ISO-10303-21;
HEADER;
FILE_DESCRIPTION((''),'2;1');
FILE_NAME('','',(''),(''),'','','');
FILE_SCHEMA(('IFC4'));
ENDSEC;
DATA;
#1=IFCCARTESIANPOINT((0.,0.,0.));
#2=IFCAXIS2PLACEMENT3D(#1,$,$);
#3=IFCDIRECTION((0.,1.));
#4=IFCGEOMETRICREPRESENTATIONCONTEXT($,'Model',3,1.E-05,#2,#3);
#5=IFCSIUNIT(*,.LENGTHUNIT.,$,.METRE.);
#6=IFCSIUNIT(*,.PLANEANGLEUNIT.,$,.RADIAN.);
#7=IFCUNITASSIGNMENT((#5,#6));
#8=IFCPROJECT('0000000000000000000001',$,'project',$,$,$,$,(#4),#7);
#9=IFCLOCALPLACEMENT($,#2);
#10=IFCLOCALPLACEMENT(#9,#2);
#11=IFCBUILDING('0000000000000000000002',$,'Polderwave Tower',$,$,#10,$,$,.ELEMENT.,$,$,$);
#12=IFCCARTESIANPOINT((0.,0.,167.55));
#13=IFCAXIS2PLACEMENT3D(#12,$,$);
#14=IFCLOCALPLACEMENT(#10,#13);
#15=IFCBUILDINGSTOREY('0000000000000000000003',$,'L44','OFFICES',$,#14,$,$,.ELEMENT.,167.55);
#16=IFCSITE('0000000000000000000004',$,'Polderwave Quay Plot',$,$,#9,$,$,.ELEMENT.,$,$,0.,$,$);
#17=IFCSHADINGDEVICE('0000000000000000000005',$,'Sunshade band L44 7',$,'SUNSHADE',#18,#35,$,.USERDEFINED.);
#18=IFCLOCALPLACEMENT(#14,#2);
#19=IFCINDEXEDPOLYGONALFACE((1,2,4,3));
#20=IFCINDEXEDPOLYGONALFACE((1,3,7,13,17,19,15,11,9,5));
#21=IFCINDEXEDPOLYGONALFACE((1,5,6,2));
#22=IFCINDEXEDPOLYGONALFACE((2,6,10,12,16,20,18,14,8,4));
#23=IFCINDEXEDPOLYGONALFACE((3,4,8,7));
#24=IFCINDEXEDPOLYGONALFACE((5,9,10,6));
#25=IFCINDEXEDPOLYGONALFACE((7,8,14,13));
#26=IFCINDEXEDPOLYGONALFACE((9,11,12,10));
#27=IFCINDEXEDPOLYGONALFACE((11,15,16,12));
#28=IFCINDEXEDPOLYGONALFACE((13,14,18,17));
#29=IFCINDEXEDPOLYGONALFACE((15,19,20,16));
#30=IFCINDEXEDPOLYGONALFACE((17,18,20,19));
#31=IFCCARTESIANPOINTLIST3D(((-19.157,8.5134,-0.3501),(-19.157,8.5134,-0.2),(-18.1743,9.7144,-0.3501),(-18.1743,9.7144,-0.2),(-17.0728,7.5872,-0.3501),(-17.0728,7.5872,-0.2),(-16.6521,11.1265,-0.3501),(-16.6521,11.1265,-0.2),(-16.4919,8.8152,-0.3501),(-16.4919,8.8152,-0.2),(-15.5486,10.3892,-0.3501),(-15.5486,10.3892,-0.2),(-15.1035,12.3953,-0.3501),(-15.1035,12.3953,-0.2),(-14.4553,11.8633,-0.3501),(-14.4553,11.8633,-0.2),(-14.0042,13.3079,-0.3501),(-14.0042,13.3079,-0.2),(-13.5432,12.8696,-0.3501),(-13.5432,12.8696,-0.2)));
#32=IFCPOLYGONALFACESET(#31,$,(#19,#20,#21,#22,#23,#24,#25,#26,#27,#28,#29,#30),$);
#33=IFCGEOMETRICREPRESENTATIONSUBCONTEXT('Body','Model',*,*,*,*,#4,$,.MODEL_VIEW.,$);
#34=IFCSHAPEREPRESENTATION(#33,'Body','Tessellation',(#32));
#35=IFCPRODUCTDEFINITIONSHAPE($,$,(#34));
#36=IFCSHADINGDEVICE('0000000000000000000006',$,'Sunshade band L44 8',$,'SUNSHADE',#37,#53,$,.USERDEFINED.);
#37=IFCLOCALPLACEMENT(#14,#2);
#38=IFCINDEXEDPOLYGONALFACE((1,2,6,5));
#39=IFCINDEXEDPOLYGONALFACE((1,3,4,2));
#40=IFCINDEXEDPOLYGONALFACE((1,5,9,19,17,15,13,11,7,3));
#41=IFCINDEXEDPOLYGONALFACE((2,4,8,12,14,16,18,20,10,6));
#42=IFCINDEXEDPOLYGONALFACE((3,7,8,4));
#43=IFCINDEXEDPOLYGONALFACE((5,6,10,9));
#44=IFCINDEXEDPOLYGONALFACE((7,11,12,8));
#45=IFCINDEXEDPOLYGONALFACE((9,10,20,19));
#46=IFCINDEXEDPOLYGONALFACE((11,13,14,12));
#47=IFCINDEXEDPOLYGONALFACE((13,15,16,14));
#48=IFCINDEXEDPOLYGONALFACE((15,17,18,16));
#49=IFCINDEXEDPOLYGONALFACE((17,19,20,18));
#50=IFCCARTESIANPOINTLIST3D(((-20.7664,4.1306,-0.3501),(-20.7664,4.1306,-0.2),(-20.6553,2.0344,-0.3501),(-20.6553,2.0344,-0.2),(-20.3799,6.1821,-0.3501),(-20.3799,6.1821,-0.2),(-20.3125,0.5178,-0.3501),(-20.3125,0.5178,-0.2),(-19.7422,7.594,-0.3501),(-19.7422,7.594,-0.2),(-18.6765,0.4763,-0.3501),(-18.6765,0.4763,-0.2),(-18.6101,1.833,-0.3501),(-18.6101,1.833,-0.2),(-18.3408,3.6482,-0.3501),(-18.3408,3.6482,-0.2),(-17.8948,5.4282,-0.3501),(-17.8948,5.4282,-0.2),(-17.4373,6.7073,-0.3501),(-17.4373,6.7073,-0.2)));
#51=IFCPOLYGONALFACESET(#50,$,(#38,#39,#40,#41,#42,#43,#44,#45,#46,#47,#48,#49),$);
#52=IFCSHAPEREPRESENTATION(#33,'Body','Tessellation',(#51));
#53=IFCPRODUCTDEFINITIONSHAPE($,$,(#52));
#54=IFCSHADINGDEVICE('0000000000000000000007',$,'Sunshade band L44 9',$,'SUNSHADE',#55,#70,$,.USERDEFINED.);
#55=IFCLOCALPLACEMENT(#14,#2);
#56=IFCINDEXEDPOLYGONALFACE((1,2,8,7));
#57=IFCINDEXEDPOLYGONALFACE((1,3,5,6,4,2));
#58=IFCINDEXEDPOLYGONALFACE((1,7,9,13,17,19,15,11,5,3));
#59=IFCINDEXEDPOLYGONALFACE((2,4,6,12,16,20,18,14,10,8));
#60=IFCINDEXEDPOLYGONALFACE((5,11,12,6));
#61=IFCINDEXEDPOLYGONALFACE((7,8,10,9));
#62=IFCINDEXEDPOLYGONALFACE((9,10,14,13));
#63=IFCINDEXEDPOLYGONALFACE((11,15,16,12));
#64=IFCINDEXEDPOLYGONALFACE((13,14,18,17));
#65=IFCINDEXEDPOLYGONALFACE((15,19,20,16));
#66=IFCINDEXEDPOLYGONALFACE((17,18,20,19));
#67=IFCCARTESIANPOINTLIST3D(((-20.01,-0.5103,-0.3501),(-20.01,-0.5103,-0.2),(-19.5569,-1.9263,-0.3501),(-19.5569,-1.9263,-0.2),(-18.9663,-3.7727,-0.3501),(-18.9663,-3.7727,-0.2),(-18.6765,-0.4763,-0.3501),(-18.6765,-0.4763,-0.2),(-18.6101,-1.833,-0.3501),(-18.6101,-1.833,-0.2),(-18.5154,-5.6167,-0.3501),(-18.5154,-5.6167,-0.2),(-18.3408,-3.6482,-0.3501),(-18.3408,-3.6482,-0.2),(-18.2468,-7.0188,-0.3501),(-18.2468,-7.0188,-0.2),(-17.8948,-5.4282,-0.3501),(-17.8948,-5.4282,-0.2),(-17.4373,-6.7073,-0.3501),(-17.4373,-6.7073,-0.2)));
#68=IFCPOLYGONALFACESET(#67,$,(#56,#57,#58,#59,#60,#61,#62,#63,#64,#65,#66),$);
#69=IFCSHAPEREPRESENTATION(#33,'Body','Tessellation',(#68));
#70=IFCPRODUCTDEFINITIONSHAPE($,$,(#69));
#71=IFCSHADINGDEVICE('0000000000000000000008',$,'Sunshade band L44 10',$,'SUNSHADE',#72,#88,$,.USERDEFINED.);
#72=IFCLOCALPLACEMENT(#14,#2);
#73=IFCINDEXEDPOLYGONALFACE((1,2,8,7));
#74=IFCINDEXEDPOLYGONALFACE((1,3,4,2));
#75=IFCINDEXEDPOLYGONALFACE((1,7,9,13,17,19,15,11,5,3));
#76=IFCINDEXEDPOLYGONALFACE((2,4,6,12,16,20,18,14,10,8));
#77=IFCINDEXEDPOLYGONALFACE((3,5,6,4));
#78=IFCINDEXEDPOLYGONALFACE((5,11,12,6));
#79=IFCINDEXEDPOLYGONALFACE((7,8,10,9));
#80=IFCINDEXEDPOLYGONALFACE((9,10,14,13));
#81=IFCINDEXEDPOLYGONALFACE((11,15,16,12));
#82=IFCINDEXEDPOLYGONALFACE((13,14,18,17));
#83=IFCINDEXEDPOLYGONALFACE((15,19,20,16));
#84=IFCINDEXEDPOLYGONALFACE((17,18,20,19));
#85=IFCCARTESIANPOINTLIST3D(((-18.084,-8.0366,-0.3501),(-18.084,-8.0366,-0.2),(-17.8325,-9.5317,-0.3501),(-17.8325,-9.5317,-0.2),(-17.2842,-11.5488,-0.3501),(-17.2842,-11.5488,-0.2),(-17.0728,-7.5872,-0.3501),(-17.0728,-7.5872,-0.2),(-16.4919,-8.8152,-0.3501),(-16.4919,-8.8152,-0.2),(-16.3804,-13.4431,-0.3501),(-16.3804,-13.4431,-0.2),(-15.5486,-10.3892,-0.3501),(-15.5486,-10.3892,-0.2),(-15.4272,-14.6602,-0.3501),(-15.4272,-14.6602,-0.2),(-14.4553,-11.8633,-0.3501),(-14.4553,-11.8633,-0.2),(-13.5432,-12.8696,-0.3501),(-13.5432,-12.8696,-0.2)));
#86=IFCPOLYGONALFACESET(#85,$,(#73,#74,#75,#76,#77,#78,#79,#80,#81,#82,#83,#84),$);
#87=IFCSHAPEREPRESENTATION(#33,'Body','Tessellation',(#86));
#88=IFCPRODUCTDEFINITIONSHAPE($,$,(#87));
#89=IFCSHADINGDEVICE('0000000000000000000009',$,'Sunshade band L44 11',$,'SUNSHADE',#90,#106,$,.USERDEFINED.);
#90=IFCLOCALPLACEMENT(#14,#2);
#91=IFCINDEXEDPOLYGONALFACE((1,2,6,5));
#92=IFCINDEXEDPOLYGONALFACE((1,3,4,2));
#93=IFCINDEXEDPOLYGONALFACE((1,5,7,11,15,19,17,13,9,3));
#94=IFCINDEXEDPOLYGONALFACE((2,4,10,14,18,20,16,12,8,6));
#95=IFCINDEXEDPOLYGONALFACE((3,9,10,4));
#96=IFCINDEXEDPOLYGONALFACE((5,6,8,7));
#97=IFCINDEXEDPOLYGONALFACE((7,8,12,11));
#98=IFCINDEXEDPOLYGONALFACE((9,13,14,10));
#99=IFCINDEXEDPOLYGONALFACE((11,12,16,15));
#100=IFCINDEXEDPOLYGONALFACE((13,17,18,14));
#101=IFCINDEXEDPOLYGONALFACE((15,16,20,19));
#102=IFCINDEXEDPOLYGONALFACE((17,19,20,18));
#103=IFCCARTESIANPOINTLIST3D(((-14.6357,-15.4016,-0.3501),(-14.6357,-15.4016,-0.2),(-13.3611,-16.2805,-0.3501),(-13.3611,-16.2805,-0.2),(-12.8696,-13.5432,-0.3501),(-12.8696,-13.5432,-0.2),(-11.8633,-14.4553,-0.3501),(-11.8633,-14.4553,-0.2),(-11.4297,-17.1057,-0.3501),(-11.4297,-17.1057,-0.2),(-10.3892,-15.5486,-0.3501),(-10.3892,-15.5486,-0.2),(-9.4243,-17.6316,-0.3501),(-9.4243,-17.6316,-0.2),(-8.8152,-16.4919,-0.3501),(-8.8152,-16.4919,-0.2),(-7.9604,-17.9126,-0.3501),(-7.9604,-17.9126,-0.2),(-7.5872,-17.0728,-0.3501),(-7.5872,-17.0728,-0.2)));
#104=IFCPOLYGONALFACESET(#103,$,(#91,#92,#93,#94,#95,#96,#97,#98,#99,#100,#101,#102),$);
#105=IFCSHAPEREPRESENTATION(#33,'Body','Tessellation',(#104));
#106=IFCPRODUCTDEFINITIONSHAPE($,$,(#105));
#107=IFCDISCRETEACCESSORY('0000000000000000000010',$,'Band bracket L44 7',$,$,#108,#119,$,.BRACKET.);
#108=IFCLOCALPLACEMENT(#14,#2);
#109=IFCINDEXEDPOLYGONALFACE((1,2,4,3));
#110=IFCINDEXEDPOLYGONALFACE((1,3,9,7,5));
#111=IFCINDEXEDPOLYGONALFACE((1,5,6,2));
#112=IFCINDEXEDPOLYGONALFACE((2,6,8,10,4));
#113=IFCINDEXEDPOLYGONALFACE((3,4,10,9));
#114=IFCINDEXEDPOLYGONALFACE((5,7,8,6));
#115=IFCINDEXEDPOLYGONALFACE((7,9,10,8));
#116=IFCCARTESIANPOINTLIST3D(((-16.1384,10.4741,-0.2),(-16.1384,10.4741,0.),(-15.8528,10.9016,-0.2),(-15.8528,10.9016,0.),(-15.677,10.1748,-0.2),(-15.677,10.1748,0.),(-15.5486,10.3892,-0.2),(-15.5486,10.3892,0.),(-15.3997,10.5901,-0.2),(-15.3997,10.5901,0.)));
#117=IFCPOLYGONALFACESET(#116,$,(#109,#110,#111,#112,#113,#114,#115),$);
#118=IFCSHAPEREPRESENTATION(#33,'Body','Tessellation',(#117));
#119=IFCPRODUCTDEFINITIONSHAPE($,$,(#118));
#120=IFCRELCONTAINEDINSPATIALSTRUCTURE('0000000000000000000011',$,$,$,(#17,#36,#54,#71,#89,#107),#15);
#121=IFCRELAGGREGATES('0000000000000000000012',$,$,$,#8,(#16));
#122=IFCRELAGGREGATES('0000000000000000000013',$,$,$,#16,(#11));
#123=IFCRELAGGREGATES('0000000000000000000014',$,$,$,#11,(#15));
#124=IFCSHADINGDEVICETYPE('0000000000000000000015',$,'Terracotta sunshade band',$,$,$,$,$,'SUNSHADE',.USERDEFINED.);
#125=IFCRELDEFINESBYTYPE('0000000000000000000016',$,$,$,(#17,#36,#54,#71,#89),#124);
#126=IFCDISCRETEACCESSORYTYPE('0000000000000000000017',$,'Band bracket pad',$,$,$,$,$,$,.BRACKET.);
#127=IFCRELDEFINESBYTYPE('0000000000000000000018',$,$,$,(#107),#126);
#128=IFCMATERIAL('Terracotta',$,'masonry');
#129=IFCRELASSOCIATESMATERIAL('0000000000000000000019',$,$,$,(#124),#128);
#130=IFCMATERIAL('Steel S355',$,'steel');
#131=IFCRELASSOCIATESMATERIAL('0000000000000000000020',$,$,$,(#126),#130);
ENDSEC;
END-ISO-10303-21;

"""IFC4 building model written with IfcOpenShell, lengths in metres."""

from ifc_helpers import new_model, si_unit, direction, frame, origin, place, context, subcontext, project, spatial, polyline, outline, extrude, material, type_object, element, save


model = new_model("IFC4")

# Units and contexts
model_context = context("Model", 3, precision=1e-05, world=origin(), true_north=direction((0.0, 1.0)))
body_context = subcontext(model_context, "Body", "Model", "MODEL_VIEW")
ifc_project = project(units=[si_unit("LENGTHUNIT", "METRE"), si_unit("PLANEANGLEUNIT", "RADIAN")], contexts=[model_context])

# Site, building, storey
site_placement = place(None, origin())
site = spatial("IfcSite", under=ifc_project, at=site_placement, Name="Polderwave Quay Plot", CompositionType="ELEMENT", RefElevation=0.0)
building_placement = place(site_placement, origin())
building = spatial("IfcBuilding", under=site, at=building_placement, Name="Polderwave Tower", CompositionType="ELEMENT")
storey_placement = place(building_placement, frame((0.0, 0.0, 167.55)))
storey = spatial("IfcBuildingStorey", under=building, at=storey_placement, Name="L44", Description="OFFICES", CompositionType="ELEMENT", Elevation=167.55)

# Shading devices
ifc_material_1 = material(Name="Terracotta", Category="masonry")
shading_device_type = type_object("IfcShadingDeviceType", Name="Terracotta sunshade band", ElementType="SUNSHADE", PredefinedType="USERDEFINED", material=ifc_material_1)
shading_device_1_placement = place(storey_placement, frame((0.0, 0.0, -0.3501)))
element("IfcShadingDevice", 1, at=shading_device_1_placement, inside=storey, type_object=shading_device_type, Name="Sunshade band L44 7", ObjectType="SUNSHADE", PredefinedType="USERDEFINED", context=body_context, shape_type="SweptSolid", body=[
    extrude(outline(polyline([(-13.5432, 12.8696), (-14.4553, 11.8633), (-15.5486, 10.3892), (-16.4919, 8.8152), (-17.0728, 7.5872), (-19.157, 8.5134), (-18.1743, 9.7144), (-16.6521, 11.1265), (-15.1035, 12.3953), (-14.0042, 13.3079), (-13.5432, 12.8696)])), origin(), (0.0, 0.0, 1.0), 0.1501),
])
shading_device_2_placement = place(storey_placement, frame((0.0, 0.0, -0.3501)))
element("IfcShadingDevice", 2, at=shading_device_2_placement, inside=storey, type_object=shading_device_type, Name="Sunshade band L44 8", ObjectType="SUNSHADE", PredefinedType="USERDEFINED", context=body_context, shape_type="SweptSolid", body=[
    extrude(outline(polyline([(-17.4373, 6.7073), (-17.8948, 5.4282), (-18.3408, 3.6482), (-18.6101, 1.833), (-18.6765, 0.4763), (-20.3125, 0.5178), (-20.6553, 2.0344), (-20.7664, 4.1306), (-20.3799, 6.1821), (-19.7422, 7.594), (-17.4373, 6.7073)])), origin(), (0.0, 0.0, 1.0), 0.1501),
])
shading_device_3_placement = place(storey_placement, frame((0.0, 0.0, -0.3501)))
element("IfcShadingDevice", 3, at=shading_device_3_placement, inside=storey, type_object=shading_device_type, Name="Sunshade band L44 9", ObjectType="SUNSHADE", PredefinedType="USERDEFINED", context=body_context, shape_type="SweptSolid", body=[
    extrude(outline(polyline([(-18.6765, -0.4763), (-18.6101, -1.833), (-18.3408, -3.6482), (-17.8948, -5.4282), (-17.4373, -6.7073), (-18.2468, -7.0188), (-18.5154, -5.6167), (-18.9663, -3.7727), (-19.5569, -1.9263), (-20.01, -0.5103), (-18.6765, -0.4763)])), origin(), (0.0, 0.0, 1.0), 0.1501),
])
shading_device_4_placement = place(storey_placement, frame((0.0, 0.0, -0.3501)))
element("IfcShadingDevice", 4, at=shading_device_4_placement, inside=storey, type_object=shading_device_type, Name="Sunshade band L44 10", ObjectType="SUNSHADE", PredefinedType="USERDEFINED", context=body_context, shape_type="SweptSolid", body=[
    extrude(outline(polyline([(-17.0728, -7.5872), (-16.4919, -8.8152), (-15.5486, -10.3892), (-14.4553, -11.8633), (-13.5432, -12.8696), (-15.4272, -14.6602), (-16.3804, -13.4431), (-17.2842, -11.5488), (-17.8325, -9.5317), (-18.084, -8.0366), (-17.0728, -7.5872)])), origin(), (0.0, 0.0, 1.0), 0.1501),
])
shading_device_5_placement = place(storey_placement, frame((0.0, 0.0, -0.3501)))
element("IfcShadingDevice", 5, at=shading_device_5_placement, inside=storey, type_object=shading_device_type, Name="Sunshade band L44 11", ObjectType="SUNSHADE", PredefinedType="USERDEFINED", context=body_context, shape_type="SweptSolid", body=[
    extrude(outline(polyline([(-12.8696, -13.5432), (-11.8633, -14.4553), (-10.3892, -15.5486), (-8.8152, -16.4919), (-7.5872, -17.0728), (-7.9604, -17.9126), (-9.4243, -17.6316), (-11.4297, -17.1057), (-13.3611, -16.2805), (-14.6357, -15.4016), (-12.8696, -13.5432)])), origin(), (0.0, 0.0, 1.0), 0.1501),
])

# Discrete accessory
ifc_material_2 = material(Name="Steel S355", Category="steel")
discrete_accessory_type = type_object("IfcDiscreteAccessoryType", Name="Band bracket pad", PredefinedType="BRACKET", material=ifc_material_2)
discrete_accessory_placement = place(storey_placement, frame((0.0, 0.0, -0.2)))
element("IfcDiscreteAccessory", 6, at=discrete_accessory_placement, inside=storey, type_object=discrete_accessory_type, Name="Band bracket L44 7", PredefinedType="BRACKET", context=body_context, shape_type="SweptSolid", body=[
    extrude(outline(polyline([(-15.3997, 10.5901), (-15.5486, 10.3892), (-15.677, 10.1748), (-16.1384, 10.4741), (-15.8528, 10.9016), (-15.3997, 10.5901)])), origin(), (0.0, 0.0, 1.0), 0.2),
])

save(model, "model.ifc")
